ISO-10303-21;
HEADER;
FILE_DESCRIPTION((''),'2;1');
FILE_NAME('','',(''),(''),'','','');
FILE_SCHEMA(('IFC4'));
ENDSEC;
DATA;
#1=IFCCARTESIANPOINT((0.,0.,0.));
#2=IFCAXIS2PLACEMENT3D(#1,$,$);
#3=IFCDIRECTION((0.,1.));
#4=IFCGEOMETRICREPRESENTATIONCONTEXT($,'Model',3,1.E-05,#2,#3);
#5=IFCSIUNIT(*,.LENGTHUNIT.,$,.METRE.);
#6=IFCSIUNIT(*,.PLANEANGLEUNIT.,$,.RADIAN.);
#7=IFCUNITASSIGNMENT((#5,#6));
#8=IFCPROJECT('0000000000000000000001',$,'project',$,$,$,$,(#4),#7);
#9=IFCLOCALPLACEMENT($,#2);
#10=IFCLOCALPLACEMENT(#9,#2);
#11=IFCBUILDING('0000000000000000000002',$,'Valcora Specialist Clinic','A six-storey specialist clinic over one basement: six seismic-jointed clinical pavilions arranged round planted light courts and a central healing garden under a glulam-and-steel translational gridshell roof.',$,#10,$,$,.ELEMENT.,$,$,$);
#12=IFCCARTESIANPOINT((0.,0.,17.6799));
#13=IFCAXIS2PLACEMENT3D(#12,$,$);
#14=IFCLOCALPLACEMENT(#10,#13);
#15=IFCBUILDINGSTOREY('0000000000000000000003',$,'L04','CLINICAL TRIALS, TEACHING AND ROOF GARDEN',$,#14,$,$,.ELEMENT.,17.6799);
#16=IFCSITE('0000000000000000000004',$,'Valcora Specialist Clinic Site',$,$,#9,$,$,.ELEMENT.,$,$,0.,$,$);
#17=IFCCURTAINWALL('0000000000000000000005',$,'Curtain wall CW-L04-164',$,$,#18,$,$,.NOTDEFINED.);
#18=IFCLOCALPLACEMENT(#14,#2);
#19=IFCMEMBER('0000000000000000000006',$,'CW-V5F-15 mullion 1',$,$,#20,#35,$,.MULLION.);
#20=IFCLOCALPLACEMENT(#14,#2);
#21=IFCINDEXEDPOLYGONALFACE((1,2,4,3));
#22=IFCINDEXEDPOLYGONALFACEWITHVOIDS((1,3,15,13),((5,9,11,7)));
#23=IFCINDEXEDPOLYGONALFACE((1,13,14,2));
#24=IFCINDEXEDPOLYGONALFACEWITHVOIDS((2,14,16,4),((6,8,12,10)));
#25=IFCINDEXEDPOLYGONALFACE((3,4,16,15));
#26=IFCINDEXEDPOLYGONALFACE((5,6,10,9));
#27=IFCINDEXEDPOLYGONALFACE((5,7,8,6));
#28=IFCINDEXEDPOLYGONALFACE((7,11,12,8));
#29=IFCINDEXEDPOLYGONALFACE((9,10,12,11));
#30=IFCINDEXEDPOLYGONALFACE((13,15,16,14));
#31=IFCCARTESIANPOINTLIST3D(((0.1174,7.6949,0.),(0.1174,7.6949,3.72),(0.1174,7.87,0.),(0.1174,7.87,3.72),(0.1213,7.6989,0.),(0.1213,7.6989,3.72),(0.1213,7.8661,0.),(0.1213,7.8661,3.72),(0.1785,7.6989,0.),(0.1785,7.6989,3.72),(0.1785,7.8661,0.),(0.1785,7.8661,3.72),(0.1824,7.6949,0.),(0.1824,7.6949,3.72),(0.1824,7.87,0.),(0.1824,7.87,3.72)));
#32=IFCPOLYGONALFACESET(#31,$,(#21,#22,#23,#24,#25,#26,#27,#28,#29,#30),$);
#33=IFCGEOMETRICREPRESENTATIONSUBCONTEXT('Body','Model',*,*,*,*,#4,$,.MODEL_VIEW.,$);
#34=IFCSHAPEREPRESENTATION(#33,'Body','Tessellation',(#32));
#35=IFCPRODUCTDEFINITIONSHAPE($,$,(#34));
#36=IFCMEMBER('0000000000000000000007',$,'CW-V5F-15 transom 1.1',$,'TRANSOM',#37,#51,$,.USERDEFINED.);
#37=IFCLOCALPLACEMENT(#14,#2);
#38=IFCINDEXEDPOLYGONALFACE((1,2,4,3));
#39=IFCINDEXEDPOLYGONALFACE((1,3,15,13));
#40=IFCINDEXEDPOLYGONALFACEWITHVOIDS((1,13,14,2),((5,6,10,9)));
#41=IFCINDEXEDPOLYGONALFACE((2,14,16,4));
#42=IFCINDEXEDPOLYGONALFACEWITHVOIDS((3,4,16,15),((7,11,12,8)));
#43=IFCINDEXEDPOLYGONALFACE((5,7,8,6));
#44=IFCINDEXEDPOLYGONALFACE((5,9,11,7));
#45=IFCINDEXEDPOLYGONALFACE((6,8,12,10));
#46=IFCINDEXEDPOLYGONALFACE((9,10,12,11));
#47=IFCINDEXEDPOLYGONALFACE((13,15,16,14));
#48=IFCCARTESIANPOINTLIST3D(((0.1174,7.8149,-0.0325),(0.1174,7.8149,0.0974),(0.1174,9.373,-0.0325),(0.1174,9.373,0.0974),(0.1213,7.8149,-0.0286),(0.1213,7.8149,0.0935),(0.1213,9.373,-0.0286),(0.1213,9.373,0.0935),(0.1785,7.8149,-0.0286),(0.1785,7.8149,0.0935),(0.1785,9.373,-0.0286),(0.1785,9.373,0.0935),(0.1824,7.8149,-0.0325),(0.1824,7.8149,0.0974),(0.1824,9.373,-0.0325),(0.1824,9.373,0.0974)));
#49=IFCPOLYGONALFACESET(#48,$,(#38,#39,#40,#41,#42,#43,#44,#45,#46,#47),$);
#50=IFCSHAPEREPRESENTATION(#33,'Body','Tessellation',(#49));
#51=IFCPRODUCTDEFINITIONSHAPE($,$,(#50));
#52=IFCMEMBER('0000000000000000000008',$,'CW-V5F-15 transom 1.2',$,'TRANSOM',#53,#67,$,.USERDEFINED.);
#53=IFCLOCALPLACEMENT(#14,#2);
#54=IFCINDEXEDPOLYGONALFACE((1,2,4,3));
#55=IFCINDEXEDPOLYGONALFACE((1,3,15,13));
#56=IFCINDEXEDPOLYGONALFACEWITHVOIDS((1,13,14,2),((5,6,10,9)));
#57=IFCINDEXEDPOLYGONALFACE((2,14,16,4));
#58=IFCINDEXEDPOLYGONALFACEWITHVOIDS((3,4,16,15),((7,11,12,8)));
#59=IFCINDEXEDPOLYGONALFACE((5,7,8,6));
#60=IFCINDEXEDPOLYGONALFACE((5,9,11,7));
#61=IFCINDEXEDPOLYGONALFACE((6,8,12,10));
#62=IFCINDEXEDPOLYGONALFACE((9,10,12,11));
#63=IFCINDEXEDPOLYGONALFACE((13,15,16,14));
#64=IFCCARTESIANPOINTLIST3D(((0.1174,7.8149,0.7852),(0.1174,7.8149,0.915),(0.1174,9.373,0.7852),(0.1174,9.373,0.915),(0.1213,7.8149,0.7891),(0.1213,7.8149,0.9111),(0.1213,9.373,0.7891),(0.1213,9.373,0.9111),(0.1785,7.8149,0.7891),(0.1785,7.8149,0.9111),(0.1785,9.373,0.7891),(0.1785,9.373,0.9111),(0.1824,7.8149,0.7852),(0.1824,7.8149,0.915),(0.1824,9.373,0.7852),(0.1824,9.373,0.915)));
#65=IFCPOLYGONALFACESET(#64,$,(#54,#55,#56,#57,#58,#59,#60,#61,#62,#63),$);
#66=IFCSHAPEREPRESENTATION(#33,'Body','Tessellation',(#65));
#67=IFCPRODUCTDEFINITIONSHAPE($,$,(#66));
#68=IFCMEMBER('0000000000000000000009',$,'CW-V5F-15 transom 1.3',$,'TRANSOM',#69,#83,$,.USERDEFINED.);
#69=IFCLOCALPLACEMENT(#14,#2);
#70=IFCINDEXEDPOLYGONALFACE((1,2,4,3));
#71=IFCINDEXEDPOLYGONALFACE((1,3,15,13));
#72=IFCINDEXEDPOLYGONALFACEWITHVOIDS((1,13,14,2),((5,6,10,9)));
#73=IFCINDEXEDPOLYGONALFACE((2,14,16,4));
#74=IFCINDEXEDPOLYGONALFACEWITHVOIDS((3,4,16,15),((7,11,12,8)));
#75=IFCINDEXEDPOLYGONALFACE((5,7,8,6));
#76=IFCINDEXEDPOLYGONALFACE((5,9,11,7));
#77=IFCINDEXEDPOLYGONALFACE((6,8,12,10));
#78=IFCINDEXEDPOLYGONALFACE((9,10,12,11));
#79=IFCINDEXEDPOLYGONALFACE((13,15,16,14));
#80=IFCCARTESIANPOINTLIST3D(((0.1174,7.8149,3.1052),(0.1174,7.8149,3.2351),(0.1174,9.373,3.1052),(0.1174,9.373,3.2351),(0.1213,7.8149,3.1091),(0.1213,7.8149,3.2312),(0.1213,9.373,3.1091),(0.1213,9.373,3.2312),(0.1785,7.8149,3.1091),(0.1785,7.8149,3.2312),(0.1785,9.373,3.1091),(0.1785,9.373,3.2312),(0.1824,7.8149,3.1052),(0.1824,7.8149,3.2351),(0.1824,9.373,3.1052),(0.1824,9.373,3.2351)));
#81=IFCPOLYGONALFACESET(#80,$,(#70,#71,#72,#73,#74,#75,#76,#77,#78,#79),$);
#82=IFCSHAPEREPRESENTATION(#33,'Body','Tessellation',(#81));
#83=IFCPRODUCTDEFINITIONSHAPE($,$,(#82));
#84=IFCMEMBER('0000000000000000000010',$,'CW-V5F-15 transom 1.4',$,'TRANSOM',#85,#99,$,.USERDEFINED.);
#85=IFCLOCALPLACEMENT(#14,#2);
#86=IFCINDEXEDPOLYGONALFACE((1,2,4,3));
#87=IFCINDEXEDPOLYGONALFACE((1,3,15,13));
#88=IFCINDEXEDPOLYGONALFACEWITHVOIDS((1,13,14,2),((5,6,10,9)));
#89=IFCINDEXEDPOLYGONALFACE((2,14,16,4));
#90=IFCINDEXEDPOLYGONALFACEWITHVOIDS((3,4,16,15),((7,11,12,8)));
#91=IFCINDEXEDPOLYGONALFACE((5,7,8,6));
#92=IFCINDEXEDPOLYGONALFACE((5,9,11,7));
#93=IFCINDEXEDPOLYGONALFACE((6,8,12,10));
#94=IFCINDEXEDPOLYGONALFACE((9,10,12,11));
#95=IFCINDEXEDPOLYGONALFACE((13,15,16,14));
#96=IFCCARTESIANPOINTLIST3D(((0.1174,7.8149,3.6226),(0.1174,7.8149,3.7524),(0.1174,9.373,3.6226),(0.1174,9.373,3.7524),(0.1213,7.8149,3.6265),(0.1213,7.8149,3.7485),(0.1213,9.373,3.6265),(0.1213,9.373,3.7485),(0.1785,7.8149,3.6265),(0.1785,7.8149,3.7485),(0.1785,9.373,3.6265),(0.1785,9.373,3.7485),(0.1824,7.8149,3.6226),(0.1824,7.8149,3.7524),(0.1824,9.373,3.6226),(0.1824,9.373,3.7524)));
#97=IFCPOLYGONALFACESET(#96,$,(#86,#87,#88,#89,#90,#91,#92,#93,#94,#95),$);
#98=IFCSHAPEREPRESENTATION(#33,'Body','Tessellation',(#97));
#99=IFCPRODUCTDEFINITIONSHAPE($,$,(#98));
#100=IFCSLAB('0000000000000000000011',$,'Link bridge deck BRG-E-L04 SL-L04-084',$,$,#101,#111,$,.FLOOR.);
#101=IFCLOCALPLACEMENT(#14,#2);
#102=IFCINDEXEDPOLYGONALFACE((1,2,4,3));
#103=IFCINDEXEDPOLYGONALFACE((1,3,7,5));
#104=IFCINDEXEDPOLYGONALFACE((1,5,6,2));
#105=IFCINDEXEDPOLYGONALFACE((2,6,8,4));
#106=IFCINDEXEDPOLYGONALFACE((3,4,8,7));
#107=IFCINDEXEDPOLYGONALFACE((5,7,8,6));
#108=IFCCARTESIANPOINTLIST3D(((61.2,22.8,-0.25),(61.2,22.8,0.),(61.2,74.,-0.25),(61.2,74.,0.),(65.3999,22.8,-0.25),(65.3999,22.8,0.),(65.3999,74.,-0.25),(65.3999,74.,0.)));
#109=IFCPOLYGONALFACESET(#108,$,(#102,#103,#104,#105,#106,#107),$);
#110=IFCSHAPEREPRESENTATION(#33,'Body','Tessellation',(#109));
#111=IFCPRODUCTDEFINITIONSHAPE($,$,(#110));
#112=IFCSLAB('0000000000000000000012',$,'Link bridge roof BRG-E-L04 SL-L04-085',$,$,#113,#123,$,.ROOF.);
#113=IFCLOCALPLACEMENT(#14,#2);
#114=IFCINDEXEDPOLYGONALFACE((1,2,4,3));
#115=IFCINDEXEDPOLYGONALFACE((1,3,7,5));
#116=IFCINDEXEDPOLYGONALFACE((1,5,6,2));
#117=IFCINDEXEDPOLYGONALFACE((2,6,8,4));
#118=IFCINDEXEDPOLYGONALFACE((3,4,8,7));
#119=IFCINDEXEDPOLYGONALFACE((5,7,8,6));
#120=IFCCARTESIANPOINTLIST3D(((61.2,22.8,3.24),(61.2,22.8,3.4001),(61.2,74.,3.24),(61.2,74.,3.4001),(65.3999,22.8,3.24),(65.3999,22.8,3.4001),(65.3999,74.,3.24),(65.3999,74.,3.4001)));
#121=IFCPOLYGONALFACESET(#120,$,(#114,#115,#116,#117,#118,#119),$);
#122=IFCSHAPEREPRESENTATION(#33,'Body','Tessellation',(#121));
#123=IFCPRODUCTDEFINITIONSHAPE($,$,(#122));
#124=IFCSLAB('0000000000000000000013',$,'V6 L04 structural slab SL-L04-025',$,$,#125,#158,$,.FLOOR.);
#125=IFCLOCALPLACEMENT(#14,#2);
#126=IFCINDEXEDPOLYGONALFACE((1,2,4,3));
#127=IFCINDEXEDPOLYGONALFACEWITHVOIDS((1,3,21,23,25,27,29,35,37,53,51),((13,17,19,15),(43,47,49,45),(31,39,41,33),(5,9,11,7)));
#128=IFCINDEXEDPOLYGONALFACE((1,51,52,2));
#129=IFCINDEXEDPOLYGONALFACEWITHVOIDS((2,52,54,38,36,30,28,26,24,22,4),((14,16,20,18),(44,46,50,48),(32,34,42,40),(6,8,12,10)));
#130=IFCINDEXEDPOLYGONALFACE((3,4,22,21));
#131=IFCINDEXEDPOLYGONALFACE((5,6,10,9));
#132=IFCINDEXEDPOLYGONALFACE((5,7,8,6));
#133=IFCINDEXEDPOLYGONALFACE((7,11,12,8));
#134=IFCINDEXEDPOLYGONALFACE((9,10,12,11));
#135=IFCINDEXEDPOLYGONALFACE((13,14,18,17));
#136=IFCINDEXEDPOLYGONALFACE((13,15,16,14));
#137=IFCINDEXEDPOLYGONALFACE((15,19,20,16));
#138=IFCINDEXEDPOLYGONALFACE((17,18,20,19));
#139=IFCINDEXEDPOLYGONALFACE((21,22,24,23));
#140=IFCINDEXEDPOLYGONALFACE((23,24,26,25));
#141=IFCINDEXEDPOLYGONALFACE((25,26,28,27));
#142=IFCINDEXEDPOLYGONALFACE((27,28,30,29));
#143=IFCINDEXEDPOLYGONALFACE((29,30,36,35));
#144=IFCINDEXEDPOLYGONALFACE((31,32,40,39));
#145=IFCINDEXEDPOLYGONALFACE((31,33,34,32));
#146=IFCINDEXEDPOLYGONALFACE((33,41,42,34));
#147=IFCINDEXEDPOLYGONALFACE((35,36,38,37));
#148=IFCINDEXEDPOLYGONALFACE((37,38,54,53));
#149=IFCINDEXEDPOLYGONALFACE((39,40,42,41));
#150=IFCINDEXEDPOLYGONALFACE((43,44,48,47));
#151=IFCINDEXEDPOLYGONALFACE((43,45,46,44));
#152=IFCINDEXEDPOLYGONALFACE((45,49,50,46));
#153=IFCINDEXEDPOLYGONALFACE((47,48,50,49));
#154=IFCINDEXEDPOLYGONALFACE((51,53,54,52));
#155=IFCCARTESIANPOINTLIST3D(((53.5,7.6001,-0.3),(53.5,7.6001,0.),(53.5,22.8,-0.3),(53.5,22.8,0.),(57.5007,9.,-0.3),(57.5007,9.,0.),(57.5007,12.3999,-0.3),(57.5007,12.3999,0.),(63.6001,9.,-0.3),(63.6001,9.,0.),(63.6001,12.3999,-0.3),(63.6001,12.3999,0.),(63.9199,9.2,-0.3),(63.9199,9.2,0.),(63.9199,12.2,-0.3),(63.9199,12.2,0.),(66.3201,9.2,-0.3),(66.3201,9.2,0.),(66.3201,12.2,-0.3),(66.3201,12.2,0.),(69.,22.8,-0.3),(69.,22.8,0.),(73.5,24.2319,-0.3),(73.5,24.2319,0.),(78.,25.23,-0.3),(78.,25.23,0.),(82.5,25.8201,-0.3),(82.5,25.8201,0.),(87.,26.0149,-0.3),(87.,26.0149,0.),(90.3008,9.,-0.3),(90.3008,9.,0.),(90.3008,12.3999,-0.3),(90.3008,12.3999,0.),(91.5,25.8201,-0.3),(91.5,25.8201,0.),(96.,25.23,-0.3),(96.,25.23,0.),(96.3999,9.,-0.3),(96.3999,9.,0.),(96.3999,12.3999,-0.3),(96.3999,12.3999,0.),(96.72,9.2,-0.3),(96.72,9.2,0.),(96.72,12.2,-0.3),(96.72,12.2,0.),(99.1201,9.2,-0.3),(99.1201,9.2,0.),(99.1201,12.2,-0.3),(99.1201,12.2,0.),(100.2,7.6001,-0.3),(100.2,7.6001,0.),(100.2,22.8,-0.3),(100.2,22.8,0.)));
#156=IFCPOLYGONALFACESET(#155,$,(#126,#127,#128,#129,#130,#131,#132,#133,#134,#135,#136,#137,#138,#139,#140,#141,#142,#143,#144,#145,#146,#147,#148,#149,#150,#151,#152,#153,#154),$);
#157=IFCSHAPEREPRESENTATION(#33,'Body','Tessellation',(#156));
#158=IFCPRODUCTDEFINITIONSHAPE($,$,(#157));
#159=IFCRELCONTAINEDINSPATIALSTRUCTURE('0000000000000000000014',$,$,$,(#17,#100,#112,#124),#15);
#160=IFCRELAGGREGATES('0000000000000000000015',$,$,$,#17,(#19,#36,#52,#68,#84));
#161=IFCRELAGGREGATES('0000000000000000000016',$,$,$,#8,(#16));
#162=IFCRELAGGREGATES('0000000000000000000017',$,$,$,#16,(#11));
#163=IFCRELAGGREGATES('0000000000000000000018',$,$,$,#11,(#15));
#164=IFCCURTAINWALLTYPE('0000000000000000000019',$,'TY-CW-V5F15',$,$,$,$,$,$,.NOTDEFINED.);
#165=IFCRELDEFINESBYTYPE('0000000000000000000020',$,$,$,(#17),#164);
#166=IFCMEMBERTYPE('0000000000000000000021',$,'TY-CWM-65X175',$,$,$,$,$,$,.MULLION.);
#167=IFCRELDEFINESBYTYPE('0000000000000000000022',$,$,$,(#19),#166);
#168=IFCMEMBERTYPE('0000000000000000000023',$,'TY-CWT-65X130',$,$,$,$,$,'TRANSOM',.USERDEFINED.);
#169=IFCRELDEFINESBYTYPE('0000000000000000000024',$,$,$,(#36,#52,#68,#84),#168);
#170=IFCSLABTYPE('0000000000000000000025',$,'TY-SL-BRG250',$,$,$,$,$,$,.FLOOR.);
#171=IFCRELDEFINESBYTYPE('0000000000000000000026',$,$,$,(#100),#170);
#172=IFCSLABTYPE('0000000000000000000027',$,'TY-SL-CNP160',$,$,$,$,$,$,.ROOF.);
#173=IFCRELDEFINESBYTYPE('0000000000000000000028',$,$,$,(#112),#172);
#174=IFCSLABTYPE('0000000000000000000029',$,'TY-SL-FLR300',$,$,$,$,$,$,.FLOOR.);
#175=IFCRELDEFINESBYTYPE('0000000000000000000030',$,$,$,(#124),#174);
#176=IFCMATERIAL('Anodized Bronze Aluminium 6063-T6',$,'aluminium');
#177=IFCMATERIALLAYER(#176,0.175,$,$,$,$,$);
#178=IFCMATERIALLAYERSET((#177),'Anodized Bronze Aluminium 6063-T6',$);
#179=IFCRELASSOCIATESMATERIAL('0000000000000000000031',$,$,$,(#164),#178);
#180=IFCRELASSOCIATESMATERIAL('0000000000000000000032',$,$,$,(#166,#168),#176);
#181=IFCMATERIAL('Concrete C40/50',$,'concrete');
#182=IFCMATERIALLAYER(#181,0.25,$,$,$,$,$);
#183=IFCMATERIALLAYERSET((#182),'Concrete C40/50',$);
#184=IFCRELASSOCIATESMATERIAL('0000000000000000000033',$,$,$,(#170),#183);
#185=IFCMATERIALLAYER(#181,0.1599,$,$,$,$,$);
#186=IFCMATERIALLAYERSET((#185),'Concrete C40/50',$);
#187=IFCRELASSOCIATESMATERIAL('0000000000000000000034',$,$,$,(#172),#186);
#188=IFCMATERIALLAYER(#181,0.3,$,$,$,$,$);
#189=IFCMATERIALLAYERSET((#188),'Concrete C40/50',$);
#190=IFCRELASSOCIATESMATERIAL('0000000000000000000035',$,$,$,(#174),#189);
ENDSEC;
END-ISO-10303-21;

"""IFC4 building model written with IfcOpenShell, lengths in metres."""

from ifc_helpers import new_model, si_unit, direction, frame, origin, origin_2d, place, context, subcontext, project, spatial, polyline, hollow_rectangle, outline, extrude, material, layer, layer_set, material_profile, profile_set, type_object, element, aggregate, save


model = new_model("IFC4")

# Units and contexts
model_context = context("Model", 3, precision=1e-05, world=origin(), true_north=direction((0.0, 1.0)))
body_context = subcontext(model_context, "Body", "Model", "MODEL_VIEW")
ifc_project = project(units=[si_unit("LENGTHUNIT", "METRE"), si_unit("PLANEANGLEUNIT", "RADIAN")], contexts=[model_context])

# Site, building, storey
site_placement = place(None, origin())
site = spatial("IfcSite", under=ifc_project, at=site_placement, Name="Valcora Specialist Clinic Site", CompositionType="ELEMENT", RefElevation=0.0)
building_placement = place(site_placement, origin())
building = spatial("IfcBuilding", under=site, at=building_placement, Name="Valcora Specialist Clinic", Description="A six-storey specialist clinic over one basement: six seismic-jointed clinical pavilions arranged round planted light courts and a central healing garden under a glulam-and-steel translational gridshell roof.", CompositionType="ELEMENT")
storey_placement = place(building_placement, frame((0.0, 0.0, 17.6799)))
storey = spatial("IfcBuildingStorey", under=building, at=storey_placement, Name="L04", Description="CLINICAL TRIALS, TEACHING AND ROOF GARDEN", CompositionType="ELEMENT", Elevation=17.6799)

# Curtain wall, members
ifc_material_1 = material(Name="Anodized Bronze Aluminium 6063-T6", Category="aluminium")
ifc_layer_1 = layer(ifc_material_1, 0.175)
ifc_layer_set_1 = layer_set([ifc_layer_1], Name="Anodized Bronze Aluminium 6063-T6")
curtain_wall_type = type_object("IfcCurtainWallType", Name="TY-CW-V5F15", PredefinedType="NOTDEFINED", material=ifc_layer_set_1)
curtain_wall_placement = place(storey_placement, origin())
curtain_wall = element("IfcCurtainWall", 1, at=curtain_wall_placement, inside=storey, type_object=curtain_wall_type, Name="Curtain wall CW-L04-164", PredefinedType="NOTDEFINED")
ifc_material_profile_1 = material_profile(ifc_material_1, hollow_rectangle(XDim=0.0649, YDim=0.175, WallThickness=0.0039, at=origin_2d()), Name="AL-MUL-65X175")
ifc_profile_set_1 = profile_set([ifc_material_profile_1], Name="Anodized Bronze Aluminium 6063-T6")
member_type_1 = type_object("IfcMemberType", Name="TY-CWM-65X175", PredefinedType="MULLION", material=ifc_profile_set_1)
member_1_placement = place(storey_placement, frame((0.1499, 7.7825, 0.0), z_axis=(0.0, 0.0, 1.0), x_axis=(-1.0, 0.0, 0.0)))
member_1 = element("IfcMember", 2, at=member_1_placement, type_object=member_type_1, Name="CW-V5F-15 mullion 1", PredefinedType="MULLION", context=body_context, shape_type="SweptSolid", body=[
    extrude(hollow_rectangle(XDim=0.0649, YDim=0.175, WallThickness=0.0039, at=origin_2d()), origin(), (0.0, 0.0, 1.0), 3.72),
])
ifc_material_profile_2 = material_profile(ifc_material_1, hollow_rectangle(XDim=0.0649, YDim=0.1299, WallThickness=0.0039, at=origin_2d()), Name="AL-TRN-65X130")
ifc_profile_set_2 = profile_set([ifc_material_profile_2], Name="Anodized Bronze Aluminium 6063-T6")
member_type_2 = type_object("IfcMemberType", Name="TY-CWT-65X130", ElementType="TRANSOM", PredefinedType="USERDEFINED", material=ifc_profile_set_2)
member_2_placement = place(storey_placement, frame((0.1499, 7.8149, 0.0325), z_axis=(0.0, 1.0, 0.0), x_axis=(-1.0, 0.0, 0.0)))
member_2 = element("IfcMember", 3, at=member_2_placement, type_object=member_type_2, Name="CW-V5F-15 transom 1.1", ObjectType="TRANSOM", PredefinedType="USERDEFINED", context=body_context, shape_type="SweptSolid", body=[
    extrude(hollow_rectangle(XDim=0.0649, YDim=0.1299, WallThickness=0.0039, at=origin_2d()), origin(), (0.0, 0.0, 1.0), 1.5581),
])
member_3_placement = place(storey_placement, frame((0.1499, 7.8149, 0.8501), z_axis=(0.0, 1.0, 0.0), x_axis=(-1.0, 0.0, 0.0)))
member_3 = element("IfcMember", 4, at=member_3_placement, type_object=member_type_2, Name="CW-V5F-15 transom 1.2", ObjectType="TRANSOM", PredefinedType="USERDEFINED", context=body_context, shape_type="SweptSolid", body=[
    extrude(hollow_rectangle(XDim=0.0649, YDim=0.1299, WallThickness=0.0039, at=origin_2d()), origin(), (0.0, 0.0, 1.0), 1.5581),
])
member_4_placement = place(storey_placement, frame((0.1499, 7.8149, 3.1702), z_axis=(0.0, 1.0, 0.0), x_axis=(-1.0, 0.0, 0.0)))
member_4 = element("IfcMember", 5, at=member_4_placement, type_object=member_type_2, Name="CW-V5F-15 transom 1.3", ObjectType="TRANSOM", PredefinedType="USERDEFINED", context=body_context, shape_type="SweptSolid", body=[
    extrude(hollow_rectangle(XDim=0.0649, YDim=0.1299, WallThickness=0.0039, at=origin_2d()), origin(), (0.0, 0.0, 1.0), 1.5581),
])
member_5_placement = place(storey_placement, frame((0.1499, 7.8149, 3.6875), z_axis=(0.0, 1.0, 0.0), x_axis=(-1.0, 0.0, 0.0)))
member_5 = element("IfcMember", 6, at=member_5_placement, type_object=member_type_2, Name="CW-V5F-15 transom 1.4", ObjectType="TRANSOM", PredefinedType="USERDEFINED", context=body_context, shape_type="SweptSolid", body=[
    extrude(hollow_rectangle(XDim=0.0649, YDim=0.1299, WallThickness=0.0039, at=origin_2d()), origin(), (0.0, 0.0, 1.0), 1.5581),
])
aggregate(curtain_wall, [member_1, member_2, member_3, member_4, member_5])

# Slabs
ifc_material_2 = material(Name="Concrete C40/50", Category="concrete")
ifc_layer_2 = layer(ifc_material_2, 0.25)
ifc_layer_set_2 = layer_set([ifc_layer_2], Name="Concrete C40/50")
slab_type_1 = type_object("IfcSlabType", Name="TY-SL-BRG250", PredefinedType="FLOOR", material=ifc_layer_set_2)
slab_1_placement = place(storey_placement, frame((0.0, 0.0, -0.25)))
element("IfcSlab", 7, at=slab_1_placement, inside=storey, type_object=slab_type_1, Name="Link bridge deck BRG-E-L04 SL-L04-084", PredefinedType="FLOOR", context=body_context, shape_type="SweptSolid", body=[
    extrude(outline(polyline([(61.2, 22.8), (65.3999, 22.8), (65.3999, 74.0), (61.2, 74.0), (61.2, 22.8)])), origin(), (0.0, 0.0, 1.0), 0.25),
])
ifc_layer_3 = layer(ifc_material_2, 0.1599)
ifc_layer_set_3 = layer_set([ifc_layer_3], Name="Concrete C40/50")
slab_type_2 = type_object("IfcSlabType", Name="TY-SL-CNP160", PredefinedType="ROOF", material=ifc_layer_set_3)
slab_2_placement = place(storey_placement, frame((0.0, 0.0, 3.24)))
element("IfcSlab", 8, at=slab_2_placement, inside=storey, type_object=slab_type_2, Name="Link bridge roof BRG-E-L04 SL-L04-085", PredefinedType="ROOF", context=body_context, shape_type="SweptSolid", body=[
    extrude(outline(polyline([(61.2, 22.8), (65.3999, 22.8), (65.3999, 74.0), (61.2, 74.0), (61.2, 22.8)])), origin(), (0.0, 0.0, 1.0), 0.1602),
])
ifc_layer_4 = layer(ifc_material_2, 0.3)
ifc_layer_set_4 = layer_set([ifc_layer_4], Name="Concrete C40/50")
slab_type_3 = type_object("IfcSlabType", Name="TY-SL-FLR300", PredefinedType="FLOOR", material=ifc_layer_set_4)
slab_3_placement = place(storey_placement, frame((0.0, 0.0, -0.3)))
element("IfcSlab", 9, at=slab_3_placement, inside=storey, type_object=slab_type_3, Name="V6 L04 structural slab SL-L04-025", PredefinedType="FLOOR", context=body_context, shape_type="SweptSolid", body=[
    extrude(outline(polyline([(53.5, 7.6001), (100.2, 7.6001), (100.2, 22.8), (100.2, 22.8), (96.0, 25.23), (91.5, 25.8201), (87.0, 26.0149), (82.5, 25.8201), (78.0, 25.23), (73.5, 24.2319), (69.0, 22.8), (53.5, 22.8), (53.5, 7.6001)]), holes=[polyline([(57.5007, 9.0), (63.6001, 9.0), (63.6001, 12.3999), (57.5007, 12.3999), (57.5007, 9.0)]), polyline([(63.9199, 9.2), (66.3201, 9.2), (66.3201, 12.2), (63.9199, 12.2), (63.9199, 9.2)]), polyline([(90.3008, 9.0), (96.3999, 9.0), (96.3999, 12.3999), (90.3008, 12.3999), (90.3008, 9.0)]), polyline([(96.72, 9.2), (99.1201, 9.2), (99.1201, 12.2), (96.72, 12.2), (96.72, 9.2)])]), origin(), (0.0, 0.0, 1.0), 0.3),
])

save(model, "model.ifc")
